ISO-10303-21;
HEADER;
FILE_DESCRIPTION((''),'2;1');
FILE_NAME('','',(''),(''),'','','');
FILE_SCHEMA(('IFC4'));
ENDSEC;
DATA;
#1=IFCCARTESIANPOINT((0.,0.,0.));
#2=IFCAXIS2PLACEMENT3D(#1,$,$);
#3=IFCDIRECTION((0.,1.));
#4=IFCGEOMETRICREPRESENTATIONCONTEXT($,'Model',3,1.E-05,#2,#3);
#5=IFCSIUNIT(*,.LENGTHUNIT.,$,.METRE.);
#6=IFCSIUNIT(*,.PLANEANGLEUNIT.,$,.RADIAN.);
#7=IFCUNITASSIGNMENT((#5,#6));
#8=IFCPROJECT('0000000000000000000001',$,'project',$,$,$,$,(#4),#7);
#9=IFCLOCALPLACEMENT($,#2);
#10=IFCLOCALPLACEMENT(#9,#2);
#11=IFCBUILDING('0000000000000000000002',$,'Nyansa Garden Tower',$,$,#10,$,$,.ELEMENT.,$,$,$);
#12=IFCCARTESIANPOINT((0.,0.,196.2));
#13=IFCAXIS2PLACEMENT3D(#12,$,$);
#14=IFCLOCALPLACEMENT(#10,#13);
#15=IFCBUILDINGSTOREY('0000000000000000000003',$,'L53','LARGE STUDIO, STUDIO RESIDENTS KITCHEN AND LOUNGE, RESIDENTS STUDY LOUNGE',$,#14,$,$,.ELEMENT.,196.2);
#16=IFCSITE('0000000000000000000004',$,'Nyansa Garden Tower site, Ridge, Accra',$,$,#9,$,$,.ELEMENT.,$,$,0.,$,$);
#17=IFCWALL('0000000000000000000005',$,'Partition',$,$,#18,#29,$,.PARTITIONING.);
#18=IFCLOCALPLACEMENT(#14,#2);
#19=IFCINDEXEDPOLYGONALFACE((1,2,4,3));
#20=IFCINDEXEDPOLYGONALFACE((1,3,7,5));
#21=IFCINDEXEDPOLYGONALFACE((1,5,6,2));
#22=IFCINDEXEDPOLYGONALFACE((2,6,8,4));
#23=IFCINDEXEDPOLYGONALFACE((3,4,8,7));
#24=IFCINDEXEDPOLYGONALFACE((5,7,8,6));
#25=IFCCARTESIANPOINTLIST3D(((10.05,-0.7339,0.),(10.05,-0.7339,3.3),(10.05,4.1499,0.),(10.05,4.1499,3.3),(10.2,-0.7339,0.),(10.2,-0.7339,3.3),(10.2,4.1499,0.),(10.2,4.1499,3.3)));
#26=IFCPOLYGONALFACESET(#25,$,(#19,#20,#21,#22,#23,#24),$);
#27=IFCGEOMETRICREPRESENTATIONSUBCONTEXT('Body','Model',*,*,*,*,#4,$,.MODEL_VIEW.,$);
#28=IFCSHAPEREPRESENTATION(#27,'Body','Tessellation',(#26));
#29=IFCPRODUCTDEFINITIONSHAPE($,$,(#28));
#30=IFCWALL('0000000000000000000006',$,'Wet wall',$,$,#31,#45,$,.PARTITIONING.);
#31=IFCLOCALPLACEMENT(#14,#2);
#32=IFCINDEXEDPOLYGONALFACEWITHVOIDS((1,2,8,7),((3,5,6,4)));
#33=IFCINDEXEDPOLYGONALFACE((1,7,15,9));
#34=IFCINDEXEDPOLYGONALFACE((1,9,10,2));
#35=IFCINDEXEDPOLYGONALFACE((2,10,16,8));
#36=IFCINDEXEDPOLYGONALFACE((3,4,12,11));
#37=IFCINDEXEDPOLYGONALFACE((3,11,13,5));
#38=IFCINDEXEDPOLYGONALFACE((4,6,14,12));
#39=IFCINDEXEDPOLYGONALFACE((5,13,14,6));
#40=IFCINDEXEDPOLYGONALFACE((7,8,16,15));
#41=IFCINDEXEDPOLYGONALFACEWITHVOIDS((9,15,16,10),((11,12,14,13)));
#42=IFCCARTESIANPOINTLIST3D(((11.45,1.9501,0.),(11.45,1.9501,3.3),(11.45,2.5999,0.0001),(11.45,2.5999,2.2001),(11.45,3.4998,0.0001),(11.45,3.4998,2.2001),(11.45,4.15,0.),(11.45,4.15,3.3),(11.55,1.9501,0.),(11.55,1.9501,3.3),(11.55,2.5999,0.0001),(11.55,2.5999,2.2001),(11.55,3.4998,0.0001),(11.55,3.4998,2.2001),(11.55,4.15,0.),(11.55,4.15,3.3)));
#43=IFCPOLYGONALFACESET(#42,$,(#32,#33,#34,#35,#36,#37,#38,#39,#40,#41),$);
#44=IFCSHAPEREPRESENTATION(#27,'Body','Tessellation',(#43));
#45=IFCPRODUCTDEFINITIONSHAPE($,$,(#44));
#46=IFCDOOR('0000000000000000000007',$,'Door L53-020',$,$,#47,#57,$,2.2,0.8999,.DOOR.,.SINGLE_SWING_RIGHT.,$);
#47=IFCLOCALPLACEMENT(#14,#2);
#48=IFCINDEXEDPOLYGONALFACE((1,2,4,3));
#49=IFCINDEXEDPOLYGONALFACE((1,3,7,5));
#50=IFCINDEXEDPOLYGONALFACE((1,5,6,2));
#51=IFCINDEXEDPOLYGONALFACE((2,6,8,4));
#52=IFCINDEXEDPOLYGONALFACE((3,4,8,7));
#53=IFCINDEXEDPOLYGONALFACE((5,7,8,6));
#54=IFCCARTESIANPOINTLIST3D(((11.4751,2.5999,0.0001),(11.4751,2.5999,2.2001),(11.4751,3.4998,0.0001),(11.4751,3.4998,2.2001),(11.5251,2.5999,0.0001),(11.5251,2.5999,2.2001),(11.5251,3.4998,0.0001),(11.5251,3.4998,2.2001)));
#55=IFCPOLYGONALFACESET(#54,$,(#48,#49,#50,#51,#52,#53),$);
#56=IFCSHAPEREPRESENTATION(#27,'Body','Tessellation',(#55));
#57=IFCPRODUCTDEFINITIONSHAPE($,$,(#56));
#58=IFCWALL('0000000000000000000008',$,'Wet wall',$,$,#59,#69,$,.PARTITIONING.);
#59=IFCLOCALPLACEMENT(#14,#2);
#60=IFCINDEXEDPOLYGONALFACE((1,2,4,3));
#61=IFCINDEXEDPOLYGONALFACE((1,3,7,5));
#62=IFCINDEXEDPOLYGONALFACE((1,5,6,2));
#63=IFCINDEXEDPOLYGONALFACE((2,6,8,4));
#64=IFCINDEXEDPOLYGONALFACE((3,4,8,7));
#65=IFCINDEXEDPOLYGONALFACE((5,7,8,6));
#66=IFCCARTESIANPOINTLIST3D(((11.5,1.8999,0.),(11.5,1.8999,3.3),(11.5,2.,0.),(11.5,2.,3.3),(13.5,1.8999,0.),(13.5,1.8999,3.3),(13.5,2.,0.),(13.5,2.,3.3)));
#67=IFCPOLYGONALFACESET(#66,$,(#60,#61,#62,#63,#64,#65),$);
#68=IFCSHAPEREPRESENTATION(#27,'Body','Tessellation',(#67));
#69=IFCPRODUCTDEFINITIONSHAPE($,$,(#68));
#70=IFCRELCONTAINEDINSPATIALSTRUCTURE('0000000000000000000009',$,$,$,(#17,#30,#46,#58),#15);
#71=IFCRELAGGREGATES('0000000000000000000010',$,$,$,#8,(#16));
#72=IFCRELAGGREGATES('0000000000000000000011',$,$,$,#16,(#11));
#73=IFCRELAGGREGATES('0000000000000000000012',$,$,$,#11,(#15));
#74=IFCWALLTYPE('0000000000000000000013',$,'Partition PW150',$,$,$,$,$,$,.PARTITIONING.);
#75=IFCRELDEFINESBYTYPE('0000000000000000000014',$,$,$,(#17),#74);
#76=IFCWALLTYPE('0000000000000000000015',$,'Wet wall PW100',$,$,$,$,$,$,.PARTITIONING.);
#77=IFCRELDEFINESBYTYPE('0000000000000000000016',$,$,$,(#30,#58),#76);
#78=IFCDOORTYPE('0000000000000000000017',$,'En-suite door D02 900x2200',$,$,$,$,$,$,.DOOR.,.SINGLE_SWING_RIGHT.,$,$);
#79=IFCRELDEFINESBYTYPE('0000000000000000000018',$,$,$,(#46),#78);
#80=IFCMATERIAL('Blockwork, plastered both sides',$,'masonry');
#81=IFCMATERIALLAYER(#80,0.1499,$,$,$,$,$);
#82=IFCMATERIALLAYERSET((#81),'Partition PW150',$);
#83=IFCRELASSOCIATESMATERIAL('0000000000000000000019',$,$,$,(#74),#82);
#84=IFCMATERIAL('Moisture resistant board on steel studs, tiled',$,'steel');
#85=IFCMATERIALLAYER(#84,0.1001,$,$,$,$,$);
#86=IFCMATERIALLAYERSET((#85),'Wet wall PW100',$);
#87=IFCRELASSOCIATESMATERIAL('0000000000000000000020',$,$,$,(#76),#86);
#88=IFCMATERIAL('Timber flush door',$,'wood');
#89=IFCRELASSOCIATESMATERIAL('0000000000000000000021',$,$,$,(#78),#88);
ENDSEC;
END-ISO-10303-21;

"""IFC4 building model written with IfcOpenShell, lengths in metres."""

from ifc_helpers import new_model, si_unit, direction, frame, frame_2d, origin, place, context, subcontext, project, spatial, rectangle, extrude, material, layer, layer_set, type_object, element, fill, save


model = new_model("IFC4")

# Units and contexts
model_context = context("Model", 3, precision=1e-05, world=origin(), true_north=direction((0.0, 1.0)))
body_context = subcontext(model_context, "Body", "Model", "MODEL_VIEW")
ifc_project = project(units=[si_unit("LENGTHUNIT", "METRE"), si_unit("PLANEANGLEUNIT", "RADIAN")], contexts=[model_context])

# Site, building, storey
site_placement = place(None, origin())
site = spatial("IfcSite", under=ifc_project, at=site_placement, Name="Nyansa Garden Tower site, Ridge, Accra", CompositionType="ELEMENT", RefElevation=0.0)
building_placement = place(site_placement, origin())
building = spatial("IfcBuilding", under=site, at=building_placement, Name="Nyansa Garden Tower", CompositionType="ELEMENT")
storey_placement = place(building_placement, frame((0.0, 0.0, 196.2)))
storey = spatial("IfcBuildingStorey", under=building, at=storey_placement, Name="L53", Description="LARGE STUDIO, STUDIO RESIDENTS KITCHEN AND LOUNGE, RESIDENTS STUDY LOUNGE", CompositionType="ELEMENT", Elevation=196.2)

# Wall
ifc_material_1 = material(Name="Blockwork, plastered both sides", Category="masonry")
ifc_layer_1 = layer(ifc_material_1, 0.1499)
ifc_layer_set_1 = layer_set([ifc_layer_1], Name="Partition PW150")
wall_type_1 = type_object("IfcWallType", Name="Partition PW150", PredefinedType="PARTITIONING", material=ifc_layer_set_1)
wall_1_placement = place(storey_placement, frame((10.125, -0.7339, 0.0), z_axis=(0.0, 0.0, 1.0), x_axis=(0.0, 1.0, 0.0)))
element("IfcWall", 1, at=wall_1_placement, inside=storey, type_object=wall_type_1, Name="Partition", PredefinedType="PARTITIONING", context=body_context, shape_type="SweptSolid", body=[
    extrude(rectangle(XDim=4.8838, YDim=0.1499, at=frame_2d((2.4419, 0.0))), origin(), (0.0, 0.0, 1.0), 3.3),
])

# Wall, opening, door
ifc_material_2 = material(Name="Moisture resistant board on steel studs, tiled", Category="steel")
ifc_layer_2 = layer(ifc_material_2, 0.1001)
ifc_layer_set_2 = layer_set([ifc_layer_2], Name="Wet wall PW100")
wall_type_2 = type_object("IfcWallType", Name="Wet wall PW100", PredefinedType="PARTITIONING", material=ifc_layer_set_2)
wall_2_placement = place(storey_placement, frame((11.5, 1.95, 0.0), z_axis=(0.0, 0.0, 1.0), x_axis=(0.0, 1.0, 0.0)))
wall_2 = element("IfcWall", 2, at=wall_2_placement, inside=storey, type_object=wall_type_2, Name="Wet wall", PredefinedType="PARTITIONING", context=body_context, shape_type="SweptSolid", body=[
    extrude(rectangle(XDim=2.2, YDim=0.1001, at=frame_2d((1.1001, 0.0))), origin(), (0.0, 0.0, 1.0), 3.3),
])
opening_placement = place(wall_2_placement, frame((0.6499, 0.0, 0.0)))
opening = element("IfcOpeningElement", 3, at=opening_placement, cuts=wall_2, PredefinedType="OPENING", context=body_context, shape_type="SweptSolid", body=[
    extrude(rectangle(XDim=0.8999, YDim=2.2, at=frame_2d((0.45, 1.1001))), frame((0.0, 0.0601, 0.0), z_axis=(0.0, -1.0, 0.0), x_axis=(1.0, 0.0, 0.0)), (0.0, 0.0, 1.0), 0.1201),
])
ifc_material_3 = material(Name="Timber flush door", Category="wood")
door_type = type_object("IfcDoorType", Name="En-suite door D02 900x2200", OperationType="SINGLE_SWING_RIGHT", PredefinedType="DOOR", material=ifc_material_3)
door_placement = place(opening_placement, origin())
door = element("IfcDoor", 4, at=door_placement, inside=storey, type_object=door_type, Name="Door L53-020", OperationType="SINGLE_SWING_RIGHT", OverallHeight=2.2, OverallWidth=0.8999, PredefinedType="DOOR", context=body_context, shape_type="SweptSolid", body=[
    extrude(rectangle(XDim=0.8999, YDim=2.2, at=frame_2d((0.45, 1.1001))), frame((0.0, 0.0249, 0.0), z_axis=(0.0, -1.0, 0.0), x_axis=(1.0, 0.0, 0.0)), (0.0, 0.0, 1.0), 0.05),
])
fill(opening, door)

# Wall
wall_3_placement = place(storey_placement, frame((11.5, 1.95, 0.0), z_axis=(0.0, 0.0, 1.0), x_axis=(1.0, 0.0, 0.0)))
element("IfcWall", 5, at=wall_3_placement, inside=storey, type_object=wall_type_2, Name="Wet wall", PredefinedType="PARTITIONING", context=body_context, shape_type="SweptSolid", body=[
    extrude(rectangle(XDim=2.0, YDim=0.1001, at=frame_2d((1.0, 0.0))), origin(), (0.0, 0.0, 1.0), 3.3),
])

save(model, "model.ifc")
